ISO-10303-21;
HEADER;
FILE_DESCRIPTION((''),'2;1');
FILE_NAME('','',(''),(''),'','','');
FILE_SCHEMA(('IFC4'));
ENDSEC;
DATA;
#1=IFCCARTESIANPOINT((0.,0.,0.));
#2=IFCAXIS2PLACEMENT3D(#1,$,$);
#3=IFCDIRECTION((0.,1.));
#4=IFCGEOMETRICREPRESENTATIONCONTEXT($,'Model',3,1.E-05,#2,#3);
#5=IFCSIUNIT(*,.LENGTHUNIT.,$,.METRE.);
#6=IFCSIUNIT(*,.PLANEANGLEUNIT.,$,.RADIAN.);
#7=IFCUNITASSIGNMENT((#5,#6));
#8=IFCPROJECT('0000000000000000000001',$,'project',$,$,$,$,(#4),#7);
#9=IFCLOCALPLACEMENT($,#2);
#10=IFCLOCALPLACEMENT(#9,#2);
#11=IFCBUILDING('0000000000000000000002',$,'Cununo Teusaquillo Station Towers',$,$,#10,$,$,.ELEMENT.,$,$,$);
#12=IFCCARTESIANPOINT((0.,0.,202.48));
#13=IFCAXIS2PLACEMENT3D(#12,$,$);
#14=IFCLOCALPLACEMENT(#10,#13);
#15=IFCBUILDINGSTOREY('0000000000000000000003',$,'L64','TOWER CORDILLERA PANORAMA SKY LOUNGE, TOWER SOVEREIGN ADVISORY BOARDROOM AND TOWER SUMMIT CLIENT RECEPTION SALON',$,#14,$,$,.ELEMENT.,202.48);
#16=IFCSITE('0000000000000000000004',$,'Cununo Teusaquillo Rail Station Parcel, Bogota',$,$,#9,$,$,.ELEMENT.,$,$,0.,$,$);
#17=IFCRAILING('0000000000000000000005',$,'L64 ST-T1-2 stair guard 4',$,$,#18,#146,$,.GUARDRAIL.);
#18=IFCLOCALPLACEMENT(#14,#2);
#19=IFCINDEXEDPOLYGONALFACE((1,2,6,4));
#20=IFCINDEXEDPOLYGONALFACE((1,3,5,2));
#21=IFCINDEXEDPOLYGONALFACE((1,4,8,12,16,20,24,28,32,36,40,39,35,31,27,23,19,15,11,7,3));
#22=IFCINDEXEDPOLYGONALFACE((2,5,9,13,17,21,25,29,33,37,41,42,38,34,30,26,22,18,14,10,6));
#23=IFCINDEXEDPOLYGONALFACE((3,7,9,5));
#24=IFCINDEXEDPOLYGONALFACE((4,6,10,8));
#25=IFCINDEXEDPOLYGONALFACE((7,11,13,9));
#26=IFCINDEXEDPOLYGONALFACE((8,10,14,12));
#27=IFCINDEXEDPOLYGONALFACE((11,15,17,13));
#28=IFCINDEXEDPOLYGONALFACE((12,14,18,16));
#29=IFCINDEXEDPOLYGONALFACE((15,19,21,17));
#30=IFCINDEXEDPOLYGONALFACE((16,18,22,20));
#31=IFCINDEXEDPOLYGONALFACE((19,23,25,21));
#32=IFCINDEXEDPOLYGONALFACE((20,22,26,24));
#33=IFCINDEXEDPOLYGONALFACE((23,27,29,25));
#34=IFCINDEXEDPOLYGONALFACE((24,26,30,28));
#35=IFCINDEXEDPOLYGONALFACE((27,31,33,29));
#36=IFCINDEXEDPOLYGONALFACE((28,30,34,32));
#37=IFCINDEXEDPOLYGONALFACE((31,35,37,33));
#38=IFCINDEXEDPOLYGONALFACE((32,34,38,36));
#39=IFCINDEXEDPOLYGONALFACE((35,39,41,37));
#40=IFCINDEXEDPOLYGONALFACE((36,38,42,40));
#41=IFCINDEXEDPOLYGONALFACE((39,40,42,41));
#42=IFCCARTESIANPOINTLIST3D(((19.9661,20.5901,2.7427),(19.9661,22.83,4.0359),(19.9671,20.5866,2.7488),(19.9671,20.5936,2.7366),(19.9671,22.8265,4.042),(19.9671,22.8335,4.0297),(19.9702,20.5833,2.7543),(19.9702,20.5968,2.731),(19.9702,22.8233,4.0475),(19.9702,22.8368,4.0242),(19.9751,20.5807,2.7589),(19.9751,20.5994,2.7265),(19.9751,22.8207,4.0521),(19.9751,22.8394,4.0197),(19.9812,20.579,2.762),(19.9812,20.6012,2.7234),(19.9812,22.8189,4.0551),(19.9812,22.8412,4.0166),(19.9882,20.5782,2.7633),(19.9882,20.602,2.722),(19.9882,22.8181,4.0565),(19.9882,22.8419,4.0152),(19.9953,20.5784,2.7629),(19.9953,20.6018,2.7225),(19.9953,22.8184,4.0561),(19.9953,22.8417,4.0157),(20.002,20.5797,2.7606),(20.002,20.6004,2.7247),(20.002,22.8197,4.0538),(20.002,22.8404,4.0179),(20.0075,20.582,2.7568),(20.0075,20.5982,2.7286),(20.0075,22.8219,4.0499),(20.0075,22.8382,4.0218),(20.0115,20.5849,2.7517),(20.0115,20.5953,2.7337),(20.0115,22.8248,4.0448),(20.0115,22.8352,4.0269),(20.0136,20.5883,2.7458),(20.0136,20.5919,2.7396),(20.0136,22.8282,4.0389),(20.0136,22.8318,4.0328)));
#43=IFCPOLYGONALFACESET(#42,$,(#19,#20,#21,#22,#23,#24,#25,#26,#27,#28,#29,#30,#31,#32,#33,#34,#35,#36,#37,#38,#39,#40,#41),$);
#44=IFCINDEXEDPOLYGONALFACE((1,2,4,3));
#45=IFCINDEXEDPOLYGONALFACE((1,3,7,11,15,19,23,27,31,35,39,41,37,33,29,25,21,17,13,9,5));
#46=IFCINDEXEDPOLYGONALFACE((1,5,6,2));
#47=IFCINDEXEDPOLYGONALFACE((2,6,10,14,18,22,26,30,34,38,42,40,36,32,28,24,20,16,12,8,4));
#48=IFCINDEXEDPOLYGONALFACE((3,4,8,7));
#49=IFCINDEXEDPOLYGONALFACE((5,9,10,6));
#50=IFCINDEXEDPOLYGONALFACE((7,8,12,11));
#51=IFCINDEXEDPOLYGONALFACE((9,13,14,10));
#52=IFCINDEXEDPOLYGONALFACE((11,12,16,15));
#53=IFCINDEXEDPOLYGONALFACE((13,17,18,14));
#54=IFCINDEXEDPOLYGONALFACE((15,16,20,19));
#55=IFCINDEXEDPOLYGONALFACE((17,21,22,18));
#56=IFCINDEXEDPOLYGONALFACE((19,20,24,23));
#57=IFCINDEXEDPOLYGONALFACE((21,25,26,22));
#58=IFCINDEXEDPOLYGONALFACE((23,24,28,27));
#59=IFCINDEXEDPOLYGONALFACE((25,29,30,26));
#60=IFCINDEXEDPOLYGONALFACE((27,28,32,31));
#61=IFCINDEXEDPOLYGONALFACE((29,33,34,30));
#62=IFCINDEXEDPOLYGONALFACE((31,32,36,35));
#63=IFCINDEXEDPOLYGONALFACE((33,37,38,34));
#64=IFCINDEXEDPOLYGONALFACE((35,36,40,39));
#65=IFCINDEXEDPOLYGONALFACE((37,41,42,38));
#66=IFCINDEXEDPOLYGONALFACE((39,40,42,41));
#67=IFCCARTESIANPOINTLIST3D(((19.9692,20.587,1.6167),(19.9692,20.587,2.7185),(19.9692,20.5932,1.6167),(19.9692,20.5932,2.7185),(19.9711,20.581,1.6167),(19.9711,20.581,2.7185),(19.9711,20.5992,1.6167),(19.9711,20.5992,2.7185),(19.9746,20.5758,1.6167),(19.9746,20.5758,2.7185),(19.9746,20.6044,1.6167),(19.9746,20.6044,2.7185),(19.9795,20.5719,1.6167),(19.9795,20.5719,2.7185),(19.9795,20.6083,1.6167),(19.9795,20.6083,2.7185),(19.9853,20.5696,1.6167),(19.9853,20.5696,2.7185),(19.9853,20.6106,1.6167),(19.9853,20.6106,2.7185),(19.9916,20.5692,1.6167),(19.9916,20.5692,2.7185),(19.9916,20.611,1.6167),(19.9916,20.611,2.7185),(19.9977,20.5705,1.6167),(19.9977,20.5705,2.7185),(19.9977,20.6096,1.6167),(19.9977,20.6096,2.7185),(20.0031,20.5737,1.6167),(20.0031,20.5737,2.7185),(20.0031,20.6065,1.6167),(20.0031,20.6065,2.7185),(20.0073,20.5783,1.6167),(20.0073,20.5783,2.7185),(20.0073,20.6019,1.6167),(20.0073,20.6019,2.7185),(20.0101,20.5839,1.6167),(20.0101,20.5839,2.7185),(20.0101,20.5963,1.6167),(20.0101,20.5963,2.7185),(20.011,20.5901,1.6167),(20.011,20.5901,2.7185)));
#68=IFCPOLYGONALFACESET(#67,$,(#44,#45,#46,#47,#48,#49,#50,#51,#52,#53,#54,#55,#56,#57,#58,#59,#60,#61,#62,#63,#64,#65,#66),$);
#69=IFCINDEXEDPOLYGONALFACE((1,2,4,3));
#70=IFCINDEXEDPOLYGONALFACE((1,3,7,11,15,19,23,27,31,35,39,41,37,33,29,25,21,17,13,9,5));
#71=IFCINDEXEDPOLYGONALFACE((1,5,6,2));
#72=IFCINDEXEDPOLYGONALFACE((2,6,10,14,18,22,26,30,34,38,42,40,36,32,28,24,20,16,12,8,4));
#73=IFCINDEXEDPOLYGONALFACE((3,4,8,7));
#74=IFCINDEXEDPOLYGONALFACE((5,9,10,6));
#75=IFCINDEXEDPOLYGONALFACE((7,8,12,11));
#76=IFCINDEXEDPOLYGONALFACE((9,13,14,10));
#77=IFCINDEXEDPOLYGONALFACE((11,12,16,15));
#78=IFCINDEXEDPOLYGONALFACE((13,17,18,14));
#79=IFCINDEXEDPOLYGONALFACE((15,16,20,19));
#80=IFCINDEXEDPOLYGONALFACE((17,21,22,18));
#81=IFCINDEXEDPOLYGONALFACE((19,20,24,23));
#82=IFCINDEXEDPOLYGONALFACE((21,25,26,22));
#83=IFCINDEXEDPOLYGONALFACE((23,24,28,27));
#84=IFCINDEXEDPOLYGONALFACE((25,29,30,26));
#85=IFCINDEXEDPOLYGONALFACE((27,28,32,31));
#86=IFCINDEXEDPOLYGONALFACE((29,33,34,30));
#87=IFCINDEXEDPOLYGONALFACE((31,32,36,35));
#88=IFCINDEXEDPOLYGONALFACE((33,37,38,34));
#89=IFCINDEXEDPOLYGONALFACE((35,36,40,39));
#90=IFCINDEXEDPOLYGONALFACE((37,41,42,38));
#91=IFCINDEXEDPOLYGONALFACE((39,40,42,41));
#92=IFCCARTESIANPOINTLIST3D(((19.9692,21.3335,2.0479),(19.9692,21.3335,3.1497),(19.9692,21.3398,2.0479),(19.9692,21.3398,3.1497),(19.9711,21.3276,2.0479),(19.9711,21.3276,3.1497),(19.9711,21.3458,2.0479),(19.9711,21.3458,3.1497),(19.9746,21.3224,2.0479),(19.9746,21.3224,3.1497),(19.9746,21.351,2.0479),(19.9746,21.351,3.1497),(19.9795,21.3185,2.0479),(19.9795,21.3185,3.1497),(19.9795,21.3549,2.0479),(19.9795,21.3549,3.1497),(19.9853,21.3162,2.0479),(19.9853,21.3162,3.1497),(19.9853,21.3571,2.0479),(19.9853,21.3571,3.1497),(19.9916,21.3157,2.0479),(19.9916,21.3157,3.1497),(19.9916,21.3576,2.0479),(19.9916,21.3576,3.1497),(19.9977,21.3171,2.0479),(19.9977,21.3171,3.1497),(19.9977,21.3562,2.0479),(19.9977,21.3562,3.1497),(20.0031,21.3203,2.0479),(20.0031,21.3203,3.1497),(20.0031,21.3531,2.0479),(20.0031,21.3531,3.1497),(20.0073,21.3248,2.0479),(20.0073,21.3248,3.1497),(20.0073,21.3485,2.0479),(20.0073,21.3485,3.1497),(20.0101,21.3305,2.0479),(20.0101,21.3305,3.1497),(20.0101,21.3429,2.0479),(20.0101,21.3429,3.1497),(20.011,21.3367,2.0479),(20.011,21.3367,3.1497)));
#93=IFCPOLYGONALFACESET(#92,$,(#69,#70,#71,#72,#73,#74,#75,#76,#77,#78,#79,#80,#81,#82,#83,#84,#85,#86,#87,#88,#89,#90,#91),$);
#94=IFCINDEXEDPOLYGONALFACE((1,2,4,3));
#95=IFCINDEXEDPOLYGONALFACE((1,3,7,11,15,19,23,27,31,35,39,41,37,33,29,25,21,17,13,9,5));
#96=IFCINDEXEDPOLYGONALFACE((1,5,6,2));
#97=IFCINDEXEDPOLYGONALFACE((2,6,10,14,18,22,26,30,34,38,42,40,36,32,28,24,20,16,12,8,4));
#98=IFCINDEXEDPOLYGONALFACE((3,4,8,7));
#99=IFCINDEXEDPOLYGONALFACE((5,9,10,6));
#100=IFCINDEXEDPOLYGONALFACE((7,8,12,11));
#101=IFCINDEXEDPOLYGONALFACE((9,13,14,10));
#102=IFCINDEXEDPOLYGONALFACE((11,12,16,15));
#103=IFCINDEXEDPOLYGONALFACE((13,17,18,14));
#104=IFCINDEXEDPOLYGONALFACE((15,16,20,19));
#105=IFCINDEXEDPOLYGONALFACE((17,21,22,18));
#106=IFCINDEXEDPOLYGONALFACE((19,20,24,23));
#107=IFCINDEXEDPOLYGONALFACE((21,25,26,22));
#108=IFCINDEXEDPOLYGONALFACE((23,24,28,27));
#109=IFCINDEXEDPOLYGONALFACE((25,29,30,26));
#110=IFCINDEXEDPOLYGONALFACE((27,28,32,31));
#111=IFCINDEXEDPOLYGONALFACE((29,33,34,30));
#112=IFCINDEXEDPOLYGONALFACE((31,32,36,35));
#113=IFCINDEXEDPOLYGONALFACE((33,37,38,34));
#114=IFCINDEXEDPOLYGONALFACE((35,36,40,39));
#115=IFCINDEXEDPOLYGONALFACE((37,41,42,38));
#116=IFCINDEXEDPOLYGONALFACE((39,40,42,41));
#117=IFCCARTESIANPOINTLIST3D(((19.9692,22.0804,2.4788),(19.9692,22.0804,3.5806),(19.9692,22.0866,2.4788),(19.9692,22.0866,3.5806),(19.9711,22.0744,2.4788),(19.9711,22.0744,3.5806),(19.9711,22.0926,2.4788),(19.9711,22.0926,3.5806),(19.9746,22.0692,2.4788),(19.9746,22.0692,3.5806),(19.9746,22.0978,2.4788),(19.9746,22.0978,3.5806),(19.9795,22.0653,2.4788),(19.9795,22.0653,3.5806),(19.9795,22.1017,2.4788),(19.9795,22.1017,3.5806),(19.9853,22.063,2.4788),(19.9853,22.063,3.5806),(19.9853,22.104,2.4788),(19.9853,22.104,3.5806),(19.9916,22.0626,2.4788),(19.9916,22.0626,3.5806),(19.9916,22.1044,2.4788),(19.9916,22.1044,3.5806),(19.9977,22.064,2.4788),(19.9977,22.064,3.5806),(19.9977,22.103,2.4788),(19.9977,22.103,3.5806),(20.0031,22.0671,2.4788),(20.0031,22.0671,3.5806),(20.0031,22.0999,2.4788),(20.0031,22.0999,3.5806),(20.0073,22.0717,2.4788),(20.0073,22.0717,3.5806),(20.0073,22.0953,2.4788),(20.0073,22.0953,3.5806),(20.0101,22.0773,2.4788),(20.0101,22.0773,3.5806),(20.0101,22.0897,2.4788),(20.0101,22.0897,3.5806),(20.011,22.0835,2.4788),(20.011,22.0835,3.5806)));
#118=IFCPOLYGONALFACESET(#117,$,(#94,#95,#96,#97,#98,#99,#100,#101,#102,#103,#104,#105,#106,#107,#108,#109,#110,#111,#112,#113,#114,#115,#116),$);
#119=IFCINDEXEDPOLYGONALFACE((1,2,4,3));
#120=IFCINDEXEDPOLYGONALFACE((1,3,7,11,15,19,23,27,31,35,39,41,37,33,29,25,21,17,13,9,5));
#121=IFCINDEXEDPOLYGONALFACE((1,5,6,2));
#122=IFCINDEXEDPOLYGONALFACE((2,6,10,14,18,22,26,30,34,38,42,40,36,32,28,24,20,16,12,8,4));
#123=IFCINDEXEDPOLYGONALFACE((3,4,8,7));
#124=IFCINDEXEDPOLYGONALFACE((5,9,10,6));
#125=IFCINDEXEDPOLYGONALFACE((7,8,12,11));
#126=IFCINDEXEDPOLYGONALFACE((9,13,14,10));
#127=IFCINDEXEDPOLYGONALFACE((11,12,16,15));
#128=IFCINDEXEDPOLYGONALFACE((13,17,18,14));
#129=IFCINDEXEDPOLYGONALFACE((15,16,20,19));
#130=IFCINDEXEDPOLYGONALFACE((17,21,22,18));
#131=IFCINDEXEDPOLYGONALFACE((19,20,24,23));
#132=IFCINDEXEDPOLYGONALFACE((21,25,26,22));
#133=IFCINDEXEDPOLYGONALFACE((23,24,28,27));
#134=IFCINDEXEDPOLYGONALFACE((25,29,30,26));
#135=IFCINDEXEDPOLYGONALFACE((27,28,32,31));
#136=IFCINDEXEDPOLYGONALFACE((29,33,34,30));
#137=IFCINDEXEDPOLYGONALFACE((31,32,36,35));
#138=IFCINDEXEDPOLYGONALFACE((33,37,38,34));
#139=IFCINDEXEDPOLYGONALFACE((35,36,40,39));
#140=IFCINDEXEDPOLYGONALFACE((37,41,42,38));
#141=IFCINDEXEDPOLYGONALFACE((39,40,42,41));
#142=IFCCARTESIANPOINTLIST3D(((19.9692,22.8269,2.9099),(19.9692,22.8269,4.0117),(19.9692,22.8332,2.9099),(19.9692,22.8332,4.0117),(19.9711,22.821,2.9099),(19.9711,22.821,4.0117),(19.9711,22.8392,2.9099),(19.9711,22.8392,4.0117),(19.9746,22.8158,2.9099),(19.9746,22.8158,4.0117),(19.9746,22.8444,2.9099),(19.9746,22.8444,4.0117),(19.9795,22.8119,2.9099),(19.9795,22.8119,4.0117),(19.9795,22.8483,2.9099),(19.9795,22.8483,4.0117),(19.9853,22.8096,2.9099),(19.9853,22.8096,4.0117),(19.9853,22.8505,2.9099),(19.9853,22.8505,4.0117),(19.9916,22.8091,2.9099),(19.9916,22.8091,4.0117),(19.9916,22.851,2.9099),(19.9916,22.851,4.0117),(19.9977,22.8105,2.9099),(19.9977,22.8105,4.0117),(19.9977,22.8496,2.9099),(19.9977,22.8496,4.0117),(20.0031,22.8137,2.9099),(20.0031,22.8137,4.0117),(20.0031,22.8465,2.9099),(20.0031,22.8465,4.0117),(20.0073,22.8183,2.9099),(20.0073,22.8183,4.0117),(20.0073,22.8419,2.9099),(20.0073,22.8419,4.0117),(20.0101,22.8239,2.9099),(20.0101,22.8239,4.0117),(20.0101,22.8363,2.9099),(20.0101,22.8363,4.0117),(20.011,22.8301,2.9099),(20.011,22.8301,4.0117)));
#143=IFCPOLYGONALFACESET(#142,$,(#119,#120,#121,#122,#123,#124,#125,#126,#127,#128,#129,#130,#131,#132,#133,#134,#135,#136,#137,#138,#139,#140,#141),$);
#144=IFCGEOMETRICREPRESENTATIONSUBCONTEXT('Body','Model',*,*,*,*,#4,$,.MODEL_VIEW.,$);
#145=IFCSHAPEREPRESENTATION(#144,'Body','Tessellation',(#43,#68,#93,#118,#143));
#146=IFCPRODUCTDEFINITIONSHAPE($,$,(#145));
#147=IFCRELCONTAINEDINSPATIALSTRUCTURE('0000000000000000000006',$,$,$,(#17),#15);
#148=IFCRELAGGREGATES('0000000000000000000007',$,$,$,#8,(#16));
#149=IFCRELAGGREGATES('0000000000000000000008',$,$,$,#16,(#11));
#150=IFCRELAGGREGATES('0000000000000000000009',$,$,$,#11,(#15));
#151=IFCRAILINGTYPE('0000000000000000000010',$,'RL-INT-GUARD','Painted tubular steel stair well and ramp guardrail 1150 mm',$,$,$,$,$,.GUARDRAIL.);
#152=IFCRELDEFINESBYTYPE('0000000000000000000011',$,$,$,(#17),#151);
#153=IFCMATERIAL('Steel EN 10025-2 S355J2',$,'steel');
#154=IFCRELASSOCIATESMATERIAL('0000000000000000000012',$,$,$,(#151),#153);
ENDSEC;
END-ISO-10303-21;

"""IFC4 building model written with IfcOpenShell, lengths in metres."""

from ifc_helpers import new_model, si_unit, direction, frame, origin, origin_2d, place, context, subcontext, project, spatial, circle, extrude, material, type_object, element, save


model = new_model("IFC4")

# Units and contexts
model_context = context("Model", 3, precision=1e-05, world=origin(), true_north=direction((0.0, 1.0)))
body_context = subcontext(model_context, "Body", "Model", "MODEL_VIEW")
ifc_project = project(units=[si_unit("LENGTHUNIT", "METRE"), si_unit("PLANEANGLEUNIT", "RADIAN")], contexts=[model_context])

# Site, building, storey
site_placement = place(None, origin())
site = spatial("IfcSite", under=ifc_project, at=site_placement, Name="Cununo Teusaquillo Rail Station Parcel, Bogota", CompositionType="ELEMENT", RefElevation=0.0)
building_placement = place(site_placement, origin())
building = spatial("IfcBuilding", under=site, at=building_placement, Name="Cununo Teusaquillo Station Towers", CompositionType="ELEMENT")
storey_placement = place(building_placement, frame((0.0, 0.0, 202.48)))
storey = spatial("IfcBuildingStorey", under=building, at=storey_placement, Name="L64", Description="TOWER CORDILLERA PANORAMA SKY LOUNGE, TOWER SOVEREIGN ADVISORY BOARDROOM AND TOWER SUMMIT CLIENT RECEPTION SALON", CompositionType="ELEMENT", Elevation=202.48)

# Railing
ifc_material_1 = material(Name="Steel EN 10025-2 S355J2", Category="steel")
railing_type_1 = type_object("IfcRailingType", Name="RL-INT-GUARD", Description="Painted tubular steel stair well and ramp guardrail 1150 mm", PredefinedType="GUARDRAIL", material=ifc_material_1)
railing_1_placement = place(storey_placement, frame((19.99, 20.5901, 1.6167)))
element("IfcRailing", 1, at=railing_1_placement, inside=storey, type_object=railing_type_1, Name="L64 ST-T1-2 stair guard 4", PredefinedType="GUARDRAIL", context=body_context, shape_type="SweptSolid", body=[
    extrude(circle(Radius=0.0239, at=origin_2d()), frame((0.0, 0.0, 1.126), z_axis=(0.0, 0.866033, 0.499987), x_axis=(-1.0, 0.0, 0.0)), (0.0, 0.0, 1.0), 2.5864),
    extrude(circle(Radius=0.021, at=origin_2d()), origin(), (0.0, 0.0, 1.0), 1.1018),
    extrude(circle(Radius=0.021, at=origin_2d()), frame((0.0, 0.7466, 0.4312)), (0.0, 0.0, 1.0), 1.1018),
    extrude(circle(Radius=0.021, at=origin_2d()), frame((0.0, 1.4934, 0.8621)), (0.0, 0.0, 1.0), 1.1018),
    extrude(circle(Radius=0.021, at=origin_2d()), frame((0.0, 2.24, 1.2932)), (0.0, 0.0, 1.0), 1.1018),
])

save(model, "model.ifc")
